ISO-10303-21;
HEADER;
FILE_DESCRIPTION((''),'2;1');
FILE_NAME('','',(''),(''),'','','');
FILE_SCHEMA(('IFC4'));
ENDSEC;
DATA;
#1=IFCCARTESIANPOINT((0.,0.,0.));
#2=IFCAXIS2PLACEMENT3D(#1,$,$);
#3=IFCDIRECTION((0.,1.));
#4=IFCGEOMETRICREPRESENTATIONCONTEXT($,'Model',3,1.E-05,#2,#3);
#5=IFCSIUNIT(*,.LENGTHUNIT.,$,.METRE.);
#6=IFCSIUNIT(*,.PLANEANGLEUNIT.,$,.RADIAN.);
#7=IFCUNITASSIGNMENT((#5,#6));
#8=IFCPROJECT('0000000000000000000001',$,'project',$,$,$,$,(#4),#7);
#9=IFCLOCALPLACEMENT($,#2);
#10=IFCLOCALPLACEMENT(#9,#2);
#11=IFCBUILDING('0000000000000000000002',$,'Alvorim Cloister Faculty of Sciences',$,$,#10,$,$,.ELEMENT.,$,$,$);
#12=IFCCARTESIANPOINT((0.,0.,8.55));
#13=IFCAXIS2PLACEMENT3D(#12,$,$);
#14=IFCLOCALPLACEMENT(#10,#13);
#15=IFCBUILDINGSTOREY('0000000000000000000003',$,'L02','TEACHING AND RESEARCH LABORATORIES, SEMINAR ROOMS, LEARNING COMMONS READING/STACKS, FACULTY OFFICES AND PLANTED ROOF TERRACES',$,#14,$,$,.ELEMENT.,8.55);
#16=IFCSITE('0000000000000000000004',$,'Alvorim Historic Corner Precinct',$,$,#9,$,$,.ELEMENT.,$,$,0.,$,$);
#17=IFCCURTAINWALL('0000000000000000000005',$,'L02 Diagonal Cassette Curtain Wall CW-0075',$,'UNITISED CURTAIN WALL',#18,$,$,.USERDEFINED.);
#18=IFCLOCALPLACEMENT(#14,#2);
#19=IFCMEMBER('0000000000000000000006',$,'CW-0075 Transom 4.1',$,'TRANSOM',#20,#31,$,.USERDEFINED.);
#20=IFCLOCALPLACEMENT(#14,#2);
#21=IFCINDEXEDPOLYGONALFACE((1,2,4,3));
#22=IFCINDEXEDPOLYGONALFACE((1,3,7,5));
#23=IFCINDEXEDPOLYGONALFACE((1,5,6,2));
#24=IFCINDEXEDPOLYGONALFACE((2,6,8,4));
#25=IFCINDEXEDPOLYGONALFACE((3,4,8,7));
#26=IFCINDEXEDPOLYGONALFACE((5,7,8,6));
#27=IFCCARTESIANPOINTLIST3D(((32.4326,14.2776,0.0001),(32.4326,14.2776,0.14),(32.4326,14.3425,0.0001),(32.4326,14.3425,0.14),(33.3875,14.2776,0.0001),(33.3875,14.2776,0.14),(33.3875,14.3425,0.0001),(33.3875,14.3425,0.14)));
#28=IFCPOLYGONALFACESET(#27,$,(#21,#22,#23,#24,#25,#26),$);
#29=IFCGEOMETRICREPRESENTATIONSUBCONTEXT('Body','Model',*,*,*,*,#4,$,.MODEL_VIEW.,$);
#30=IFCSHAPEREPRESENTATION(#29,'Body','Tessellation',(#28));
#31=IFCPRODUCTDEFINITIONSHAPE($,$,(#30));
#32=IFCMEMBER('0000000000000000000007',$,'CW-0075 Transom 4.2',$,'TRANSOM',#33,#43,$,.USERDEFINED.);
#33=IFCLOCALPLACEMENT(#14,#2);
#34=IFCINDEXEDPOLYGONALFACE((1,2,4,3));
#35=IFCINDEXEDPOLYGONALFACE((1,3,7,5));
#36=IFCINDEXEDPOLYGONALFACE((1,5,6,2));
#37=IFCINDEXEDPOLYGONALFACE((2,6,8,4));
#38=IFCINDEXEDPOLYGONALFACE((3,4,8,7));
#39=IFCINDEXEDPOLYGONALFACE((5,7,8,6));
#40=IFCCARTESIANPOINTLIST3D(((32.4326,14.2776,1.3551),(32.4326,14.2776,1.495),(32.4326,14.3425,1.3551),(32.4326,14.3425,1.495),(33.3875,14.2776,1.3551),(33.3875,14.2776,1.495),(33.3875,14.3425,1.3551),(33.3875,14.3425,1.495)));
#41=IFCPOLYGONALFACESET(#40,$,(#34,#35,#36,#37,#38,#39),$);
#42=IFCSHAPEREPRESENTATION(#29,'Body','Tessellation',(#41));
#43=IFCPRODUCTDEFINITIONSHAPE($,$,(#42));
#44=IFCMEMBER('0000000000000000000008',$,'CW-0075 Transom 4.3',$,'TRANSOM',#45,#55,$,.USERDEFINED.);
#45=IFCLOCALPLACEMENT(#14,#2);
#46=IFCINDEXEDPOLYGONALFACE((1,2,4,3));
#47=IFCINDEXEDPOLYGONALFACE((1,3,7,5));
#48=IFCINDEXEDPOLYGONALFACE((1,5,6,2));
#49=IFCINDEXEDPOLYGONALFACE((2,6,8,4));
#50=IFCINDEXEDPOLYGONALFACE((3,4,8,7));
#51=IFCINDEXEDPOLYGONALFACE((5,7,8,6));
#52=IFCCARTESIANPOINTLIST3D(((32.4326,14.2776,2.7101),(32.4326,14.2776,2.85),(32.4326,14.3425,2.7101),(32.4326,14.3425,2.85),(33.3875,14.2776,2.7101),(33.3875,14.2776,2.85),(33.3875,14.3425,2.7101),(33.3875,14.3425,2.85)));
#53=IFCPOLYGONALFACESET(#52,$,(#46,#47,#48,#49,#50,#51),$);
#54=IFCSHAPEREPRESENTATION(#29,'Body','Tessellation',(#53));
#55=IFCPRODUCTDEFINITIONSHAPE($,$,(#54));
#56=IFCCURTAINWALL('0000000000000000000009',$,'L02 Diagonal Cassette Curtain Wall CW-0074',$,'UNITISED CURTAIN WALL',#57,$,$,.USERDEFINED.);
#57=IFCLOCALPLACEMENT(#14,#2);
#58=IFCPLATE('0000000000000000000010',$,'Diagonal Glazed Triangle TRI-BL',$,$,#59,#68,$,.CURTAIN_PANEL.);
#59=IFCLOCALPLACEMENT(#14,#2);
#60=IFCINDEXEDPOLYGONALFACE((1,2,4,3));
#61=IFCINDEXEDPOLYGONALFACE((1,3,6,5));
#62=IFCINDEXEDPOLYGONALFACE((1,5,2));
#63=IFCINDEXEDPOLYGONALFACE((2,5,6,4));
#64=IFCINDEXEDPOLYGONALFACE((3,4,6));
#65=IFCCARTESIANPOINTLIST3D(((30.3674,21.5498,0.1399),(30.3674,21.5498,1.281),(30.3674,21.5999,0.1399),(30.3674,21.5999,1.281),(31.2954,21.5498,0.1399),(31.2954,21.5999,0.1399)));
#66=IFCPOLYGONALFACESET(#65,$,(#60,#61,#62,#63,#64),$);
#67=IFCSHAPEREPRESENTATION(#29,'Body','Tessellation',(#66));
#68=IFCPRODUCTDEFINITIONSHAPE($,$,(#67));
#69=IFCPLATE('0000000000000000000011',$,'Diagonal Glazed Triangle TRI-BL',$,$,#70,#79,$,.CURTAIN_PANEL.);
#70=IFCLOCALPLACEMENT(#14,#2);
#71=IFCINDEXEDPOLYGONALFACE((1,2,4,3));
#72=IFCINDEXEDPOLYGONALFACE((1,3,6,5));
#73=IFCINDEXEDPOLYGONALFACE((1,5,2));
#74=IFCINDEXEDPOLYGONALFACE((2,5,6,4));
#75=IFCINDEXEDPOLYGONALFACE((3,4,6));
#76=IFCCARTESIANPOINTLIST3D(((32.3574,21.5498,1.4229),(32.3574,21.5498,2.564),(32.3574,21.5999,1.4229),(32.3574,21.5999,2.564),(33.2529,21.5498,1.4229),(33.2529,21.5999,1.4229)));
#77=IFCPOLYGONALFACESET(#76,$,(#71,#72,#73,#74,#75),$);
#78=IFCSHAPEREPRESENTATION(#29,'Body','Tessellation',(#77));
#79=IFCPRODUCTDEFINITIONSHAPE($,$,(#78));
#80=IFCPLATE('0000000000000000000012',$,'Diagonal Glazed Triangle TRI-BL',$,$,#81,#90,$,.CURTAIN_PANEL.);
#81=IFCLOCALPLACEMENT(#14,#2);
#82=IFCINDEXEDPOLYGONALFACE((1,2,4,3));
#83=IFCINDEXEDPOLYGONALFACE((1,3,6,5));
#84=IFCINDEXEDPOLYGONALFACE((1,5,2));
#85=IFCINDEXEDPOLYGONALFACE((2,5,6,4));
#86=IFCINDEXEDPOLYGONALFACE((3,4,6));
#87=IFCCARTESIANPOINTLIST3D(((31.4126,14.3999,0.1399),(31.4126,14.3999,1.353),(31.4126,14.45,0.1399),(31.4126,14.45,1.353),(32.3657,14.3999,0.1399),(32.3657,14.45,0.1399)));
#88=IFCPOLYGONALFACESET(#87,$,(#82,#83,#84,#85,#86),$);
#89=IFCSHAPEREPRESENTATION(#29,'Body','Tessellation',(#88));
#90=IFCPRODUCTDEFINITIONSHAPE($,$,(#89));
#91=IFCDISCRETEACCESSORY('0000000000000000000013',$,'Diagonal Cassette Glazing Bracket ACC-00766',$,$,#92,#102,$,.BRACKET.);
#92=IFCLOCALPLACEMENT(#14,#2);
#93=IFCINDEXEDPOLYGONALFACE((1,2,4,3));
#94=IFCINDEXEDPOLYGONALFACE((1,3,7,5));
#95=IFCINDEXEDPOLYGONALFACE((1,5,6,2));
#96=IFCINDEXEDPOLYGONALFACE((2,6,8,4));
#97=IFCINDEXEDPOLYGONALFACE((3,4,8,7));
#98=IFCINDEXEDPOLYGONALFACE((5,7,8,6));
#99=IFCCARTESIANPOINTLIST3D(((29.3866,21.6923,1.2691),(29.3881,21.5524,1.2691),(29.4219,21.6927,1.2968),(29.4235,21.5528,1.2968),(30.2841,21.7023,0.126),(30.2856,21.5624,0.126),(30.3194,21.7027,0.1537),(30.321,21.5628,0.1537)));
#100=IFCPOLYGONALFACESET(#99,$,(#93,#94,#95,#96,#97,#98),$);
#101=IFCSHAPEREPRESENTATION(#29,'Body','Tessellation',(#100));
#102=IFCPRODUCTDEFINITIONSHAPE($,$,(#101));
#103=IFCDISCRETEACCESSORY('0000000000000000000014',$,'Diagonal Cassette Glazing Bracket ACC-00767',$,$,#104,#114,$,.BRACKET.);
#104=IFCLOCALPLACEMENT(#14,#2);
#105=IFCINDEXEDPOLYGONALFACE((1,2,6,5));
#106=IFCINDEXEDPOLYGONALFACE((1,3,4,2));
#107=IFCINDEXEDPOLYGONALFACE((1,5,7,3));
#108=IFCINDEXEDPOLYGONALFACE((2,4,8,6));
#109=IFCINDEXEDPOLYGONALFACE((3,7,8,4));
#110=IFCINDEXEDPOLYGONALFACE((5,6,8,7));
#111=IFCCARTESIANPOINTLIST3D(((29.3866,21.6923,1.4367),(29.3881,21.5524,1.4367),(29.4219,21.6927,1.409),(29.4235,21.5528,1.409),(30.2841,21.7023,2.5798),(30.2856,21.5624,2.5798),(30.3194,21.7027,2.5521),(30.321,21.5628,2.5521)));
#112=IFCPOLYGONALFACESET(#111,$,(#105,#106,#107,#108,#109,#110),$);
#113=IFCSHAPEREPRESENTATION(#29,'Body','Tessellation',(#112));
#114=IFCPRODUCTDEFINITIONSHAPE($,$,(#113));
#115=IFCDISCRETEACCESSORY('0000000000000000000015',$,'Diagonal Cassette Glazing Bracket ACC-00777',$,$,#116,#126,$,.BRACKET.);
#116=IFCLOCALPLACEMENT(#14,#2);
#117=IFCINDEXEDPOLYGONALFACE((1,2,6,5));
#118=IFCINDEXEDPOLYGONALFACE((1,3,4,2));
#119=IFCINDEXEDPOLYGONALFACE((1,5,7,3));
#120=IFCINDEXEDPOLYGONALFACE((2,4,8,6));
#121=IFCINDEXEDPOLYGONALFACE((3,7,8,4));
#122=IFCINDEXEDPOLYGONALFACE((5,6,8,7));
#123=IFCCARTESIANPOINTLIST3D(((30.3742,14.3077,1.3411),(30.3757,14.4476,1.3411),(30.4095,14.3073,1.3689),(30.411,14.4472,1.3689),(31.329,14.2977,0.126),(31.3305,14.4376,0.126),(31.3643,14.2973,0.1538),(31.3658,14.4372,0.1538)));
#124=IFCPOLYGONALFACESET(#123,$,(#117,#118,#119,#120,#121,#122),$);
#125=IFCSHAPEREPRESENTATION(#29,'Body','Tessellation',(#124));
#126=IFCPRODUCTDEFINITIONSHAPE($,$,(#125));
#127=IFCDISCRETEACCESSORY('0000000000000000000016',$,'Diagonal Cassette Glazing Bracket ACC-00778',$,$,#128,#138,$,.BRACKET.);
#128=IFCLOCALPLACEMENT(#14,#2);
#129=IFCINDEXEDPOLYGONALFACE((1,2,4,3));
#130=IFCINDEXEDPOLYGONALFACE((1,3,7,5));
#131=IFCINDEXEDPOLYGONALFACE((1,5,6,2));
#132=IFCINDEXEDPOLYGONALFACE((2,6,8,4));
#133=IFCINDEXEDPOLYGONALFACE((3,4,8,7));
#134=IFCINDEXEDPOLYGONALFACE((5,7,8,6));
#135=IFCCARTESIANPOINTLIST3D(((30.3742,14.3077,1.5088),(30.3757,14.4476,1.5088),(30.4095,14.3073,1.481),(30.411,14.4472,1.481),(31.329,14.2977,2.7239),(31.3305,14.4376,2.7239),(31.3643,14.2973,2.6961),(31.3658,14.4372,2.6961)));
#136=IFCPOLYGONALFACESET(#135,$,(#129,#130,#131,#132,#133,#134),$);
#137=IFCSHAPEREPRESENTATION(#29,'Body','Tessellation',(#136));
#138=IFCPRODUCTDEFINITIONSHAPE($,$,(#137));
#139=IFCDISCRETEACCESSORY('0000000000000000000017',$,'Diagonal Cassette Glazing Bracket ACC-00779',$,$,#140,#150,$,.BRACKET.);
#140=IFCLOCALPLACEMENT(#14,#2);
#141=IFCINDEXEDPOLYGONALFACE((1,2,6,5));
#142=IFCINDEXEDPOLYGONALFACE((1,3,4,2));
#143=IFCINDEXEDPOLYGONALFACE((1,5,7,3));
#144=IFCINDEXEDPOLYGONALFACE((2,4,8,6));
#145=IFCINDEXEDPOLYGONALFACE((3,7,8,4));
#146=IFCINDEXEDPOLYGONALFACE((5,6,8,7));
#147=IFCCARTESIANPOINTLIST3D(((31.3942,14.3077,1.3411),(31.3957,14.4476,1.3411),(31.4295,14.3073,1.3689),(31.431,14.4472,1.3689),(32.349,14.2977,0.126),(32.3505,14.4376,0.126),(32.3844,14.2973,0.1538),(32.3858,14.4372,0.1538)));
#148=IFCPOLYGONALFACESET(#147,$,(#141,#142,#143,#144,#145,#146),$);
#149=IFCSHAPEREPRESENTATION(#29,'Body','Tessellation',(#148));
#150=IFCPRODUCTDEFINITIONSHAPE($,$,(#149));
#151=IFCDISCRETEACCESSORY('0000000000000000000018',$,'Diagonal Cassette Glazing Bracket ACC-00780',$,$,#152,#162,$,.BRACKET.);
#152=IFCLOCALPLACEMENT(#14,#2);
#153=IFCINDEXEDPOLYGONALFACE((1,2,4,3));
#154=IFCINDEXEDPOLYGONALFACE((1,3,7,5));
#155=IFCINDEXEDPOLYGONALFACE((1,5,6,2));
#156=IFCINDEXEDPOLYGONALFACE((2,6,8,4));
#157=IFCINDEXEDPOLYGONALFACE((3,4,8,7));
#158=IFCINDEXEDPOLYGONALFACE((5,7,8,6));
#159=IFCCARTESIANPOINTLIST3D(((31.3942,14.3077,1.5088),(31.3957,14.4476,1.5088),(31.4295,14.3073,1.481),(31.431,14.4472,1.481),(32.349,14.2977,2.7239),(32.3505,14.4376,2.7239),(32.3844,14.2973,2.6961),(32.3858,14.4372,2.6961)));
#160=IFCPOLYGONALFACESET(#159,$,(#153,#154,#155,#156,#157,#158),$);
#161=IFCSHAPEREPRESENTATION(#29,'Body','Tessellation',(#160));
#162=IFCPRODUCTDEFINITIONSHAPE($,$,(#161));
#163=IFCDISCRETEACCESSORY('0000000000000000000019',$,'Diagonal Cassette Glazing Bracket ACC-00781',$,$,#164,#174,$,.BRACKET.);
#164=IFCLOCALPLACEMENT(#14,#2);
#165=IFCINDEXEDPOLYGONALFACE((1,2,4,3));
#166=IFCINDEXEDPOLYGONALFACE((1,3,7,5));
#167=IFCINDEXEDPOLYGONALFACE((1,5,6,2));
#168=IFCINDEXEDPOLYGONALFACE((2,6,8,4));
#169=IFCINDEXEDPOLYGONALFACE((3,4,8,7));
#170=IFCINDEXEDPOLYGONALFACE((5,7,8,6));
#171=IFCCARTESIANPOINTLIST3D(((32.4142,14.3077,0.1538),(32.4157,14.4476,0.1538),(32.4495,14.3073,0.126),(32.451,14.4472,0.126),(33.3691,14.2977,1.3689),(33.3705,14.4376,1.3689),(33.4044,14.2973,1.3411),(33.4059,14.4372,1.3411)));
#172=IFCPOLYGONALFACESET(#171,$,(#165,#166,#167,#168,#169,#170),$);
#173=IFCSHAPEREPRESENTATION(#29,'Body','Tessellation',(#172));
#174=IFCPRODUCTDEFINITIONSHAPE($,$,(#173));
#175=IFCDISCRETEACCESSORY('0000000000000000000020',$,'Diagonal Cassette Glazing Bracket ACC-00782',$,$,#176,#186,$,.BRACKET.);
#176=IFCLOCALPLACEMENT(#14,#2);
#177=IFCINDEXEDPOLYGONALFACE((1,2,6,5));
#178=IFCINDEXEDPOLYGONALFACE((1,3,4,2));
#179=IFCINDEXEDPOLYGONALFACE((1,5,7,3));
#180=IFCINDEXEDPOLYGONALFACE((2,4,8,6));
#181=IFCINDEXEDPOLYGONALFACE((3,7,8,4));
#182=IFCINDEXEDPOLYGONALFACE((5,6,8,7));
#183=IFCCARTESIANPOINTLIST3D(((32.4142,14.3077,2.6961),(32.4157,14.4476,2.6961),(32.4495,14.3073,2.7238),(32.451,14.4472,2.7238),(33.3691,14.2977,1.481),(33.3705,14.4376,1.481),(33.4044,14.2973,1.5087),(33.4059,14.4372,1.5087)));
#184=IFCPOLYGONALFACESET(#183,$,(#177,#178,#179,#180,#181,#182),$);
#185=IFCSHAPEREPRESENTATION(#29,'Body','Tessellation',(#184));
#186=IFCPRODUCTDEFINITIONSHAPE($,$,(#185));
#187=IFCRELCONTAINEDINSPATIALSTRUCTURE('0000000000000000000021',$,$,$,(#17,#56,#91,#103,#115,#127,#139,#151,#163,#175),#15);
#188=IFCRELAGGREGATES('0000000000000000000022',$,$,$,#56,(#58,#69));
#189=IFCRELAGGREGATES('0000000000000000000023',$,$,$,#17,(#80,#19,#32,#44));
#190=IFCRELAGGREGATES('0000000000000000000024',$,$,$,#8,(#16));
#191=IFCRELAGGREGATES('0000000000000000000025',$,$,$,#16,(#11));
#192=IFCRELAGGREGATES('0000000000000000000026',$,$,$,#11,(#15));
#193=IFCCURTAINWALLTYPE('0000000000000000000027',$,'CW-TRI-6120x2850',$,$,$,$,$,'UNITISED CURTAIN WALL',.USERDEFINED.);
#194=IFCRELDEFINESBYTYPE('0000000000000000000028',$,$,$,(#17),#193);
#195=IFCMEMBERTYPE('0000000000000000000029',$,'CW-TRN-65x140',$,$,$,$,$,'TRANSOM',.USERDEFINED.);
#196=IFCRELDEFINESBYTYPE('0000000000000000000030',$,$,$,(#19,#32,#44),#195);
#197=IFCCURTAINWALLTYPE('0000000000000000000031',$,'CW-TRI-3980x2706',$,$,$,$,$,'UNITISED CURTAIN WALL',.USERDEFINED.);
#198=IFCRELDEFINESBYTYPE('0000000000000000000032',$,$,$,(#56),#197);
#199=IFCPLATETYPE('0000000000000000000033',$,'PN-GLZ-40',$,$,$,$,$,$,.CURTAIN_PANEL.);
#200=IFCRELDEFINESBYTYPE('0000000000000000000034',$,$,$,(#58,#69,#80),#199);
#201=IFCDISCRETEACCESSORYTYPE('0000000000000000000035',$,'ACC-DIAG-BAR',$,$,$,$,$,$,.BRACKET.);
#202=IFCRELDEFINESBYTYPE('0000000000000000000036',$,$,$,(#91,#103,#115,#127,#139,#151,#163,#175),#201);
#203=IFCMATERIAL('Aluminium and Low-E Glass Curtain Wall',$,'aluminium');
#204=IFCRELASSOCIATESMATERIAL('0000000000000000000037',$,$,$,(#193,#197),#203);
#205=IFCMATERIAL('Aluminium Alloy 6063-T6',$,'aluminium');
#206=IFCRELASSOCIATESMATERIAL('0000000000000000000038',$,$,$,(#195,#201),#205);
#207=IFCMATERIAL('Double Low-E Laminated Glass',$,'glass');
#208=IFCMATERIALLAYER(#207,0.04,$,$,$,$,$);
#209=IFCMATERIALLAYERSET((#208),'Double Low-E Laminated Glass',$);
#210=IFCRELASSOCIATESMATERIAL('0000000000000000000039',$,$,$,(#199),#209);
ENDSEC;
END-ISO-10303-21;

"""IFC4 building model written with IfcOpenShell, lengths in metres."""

from ifc_helpers import new_model, si_unit, direction, frame, origin, origin_2d, place, context, subcontext, project, spatial, polyline, rectangle, outline, extrude, material, layer, layer_set, material_profile, profile_set, type_object, element, aggregate, save


model = new_model("IFC4")

# Units and contexts
model_context = context("Model", 3, precision=1e-05, world=origin(), true_north=direction((0.0, 1.0)))
body_context = subcontext(model_context, "Body", "Model", "MODEL_VIEW")
ifc_project = project(units=[si_unit("LENGTHUNIT", "METRE"), si_unit("PLANEANGLEUNIT", "RADIAN")], contexts=[model_context])

# Site, building, storey
site_placement = place(None, origin())
site = spatial("IfcSite", under=ifc_project, at=site_placement, Name="Alvorim Historic Corner Precinct", CompositionType="ELEMENT", RefElevation=0.0)
building_placement = place(site_placement, origin())
building = spatial("IfcBuilding", under=site, at=building_placement, Name="Alvorim Cloister Faculty of Sciences", CompositionType="ELEMENT")
storey_placement = place(building_placement, frame((0.0, 0.0, 8.55)))
storey = spatial("IfcBuildingStorey", under=building, at=storey_placement, Name="L02", Description="TEACHING AND RESEARCH LABORATORIES, SEMINAR ROOMS, LEARNING COMMONS READING/STACKS, FACULTY OFFICES AND PLANTED ROOF TERRACES", CompositionType="ELEMENT", Elevation=8.55)

# Curtain wall, members
ifc_material_1 = material(Name="Aluminium and Low-E Glass Curtain Wall", Category="aluminium")
curtain_wall_type_1 = type_object("IfcCurtainWallType", Name="CW-TRI-6120x2850", ElementType="UNITISED CURTAIN WALL", PredefinedType="USERDEFINED", material=ifc_material_1)
curtain_wall_1_placement = place(storey_placement, origin())
curtain_wall_1 = element("IfcCurtainWall", 1, at=curtain_wall_1_placement, inside=storey, type_object=curtain_wall_type_1, Name="L02 Diagonal Cassette Curtain Wall CW-0075", ObjectType="UNITISED CURTAIN WALL", PredefinedType="USERDEFINED")
ifc_material_2 = material(Name="Aluminium Alloy 6063-T6", Category="aluminium")
ifc_material_profile = material_profile(ifc_material_2, rectangle(XDim=0.0649, YDim=0.1399, at=origin_2d()), Name="ALU-TRN-65x140")
ifc_profile_set = profile_set([ifc_material_profile], Name="Aluminium Alloy 6063-T6")
member_type = type_object("IfcMemberType", Name="CW-TRN-65x140", ElementType="TRANSOM", PredefinedType="USERDEFINED", material=ifc_profile_set)
member_1_placement = place(storey_placement, frame((32.4326, 14.3101, 0.0701), z_axis=(1.0, 0.0, 0.0), x_axis=(0.0, 1.0, 0.0)))
member_1 = element("IfcMember", 2, at=member_1_placement, type_object=member_type, Name="CW-0075 Transom 4.1", ObjectType="TRANSOM", PredefinedType="USERDEFINED", context=body_context, shape_type="SweptSolid", body=[
    extrude(rectangle(XDim=0.0649, YDim=0.1399, at=origin_2d()), origin(), (0.0, 0.0, 1.0), 0.9548),
])
member_2_placement = place(storey_placement, frame((32.4326, 14.3101, 1.425), z_axis=(1.0, 0.0, 0.0), x_axis=(0.0, 1.0, 0.0)))
member_2 = element("IfcMember", 3, at=member_2_placement, type_object=member_type, Name="CW-0075 Transom 4.2", ObjectType="TRANSOM", PredefinedType="USERDEFINED", context=body_context, shape_type="SweptSolid", body=[
    extrude(rectangle(XDim=0.0649, YDim=0.1399, at=origin_2d()), origin(), (0.0, 0.0, 1.0), 0.9548),
])
member_3_placement = place(storey_placement, frame((32.4326, 14.3101, 2.78), z_axis=(1.0, 0.0, 0.0), x_axis=(0.0, 1.0, 0.0)))
member_3 = element("IfcMember", 4, at=member_3_placement, type_object=member_type, Name="CW-0075 Transom 4.3", ObjectType="TRANSOM", PredefinedType="USERDEFINED", context=body_context, shape_type="SweptSolid", body=[
    extrude(rectangle(XDim=0.0649, YDim=0.1399, at=origin_2d()), origin(), (0.0, 0.0, 1.0), 0.9548),
])

# Curtain wall, plates
curtain_wall_type_2 = type_object("IfcCurtainWallType", Name="CW-TRI-3980x2706", ElementType="UNITISED CURTAIN WALL", PredefinedType="USERDEFINED", material=ifc_material_1)
curtain_wall_2_placement = place(storey_placement, origin())
curtain_wall_2 = element("IfcCurtainWall", 5, at=curtain_wall_2_placement, inside=storey, type_object=curtain_wall_type_2, Name="L02 Diagonal Cassette Curtain Wall CW-0074", ObjectType="UNITISED CURTAIN WALL", PredefinedType="USERDEFINED")
ifc_material_3 = material(Name="Double Low-E Laminated Glass", Category="glass")
ifc_layer = layer(ifc_material_3, 0.04)
ifc_layer_set = layer_set([ifc_layer], Name="Double Low-E Laminated Glass")
plate_type = type_object("IfcPlateType", Name="PN-GLZ-40", PredefinedType="CURTAIN_PANEL", material=ifc_layer_set)
plate_1_placement = place(storey_placement, frame((30.3674, 21.575, 0.1399), z_axis=(0.0, 0.0, 1.0), x_axis=(1.0, 0.0, 0.0)))
plate_1 = element("IfcPlate", 6, at=plate_1_placement, type_object=plate_type, Name="Diagonal Glazed Triangle TRI-BL", PredefinedType="CURTAIN_PANEL", context=body_context, shape_type="SweptSolid", body=[
    extrude(outline(polyline([(0.0, 0.0), (0.928, 0.0), (0.0, 1.1411), (0.0, 0.0)])), frame((0.0, 0.0249, 0.0), z_axis=(0.0, -1.0, 0.0), x_axis=(1.0, 0.0, 0.0)), (0.0, 0.0, 1.0), 0.05),
])
plate_2_placement = place(storey_placement, frame((32.3574, 21.575, 1.4229), z_axis=(0.0, 0.0, 1.0), x_axis=(1.0, 0.0, 0.0)))
plate_2 = element("IfcPlate", 7, at=plate_2_placement, type_object=plate_type, Name="Diagonal Glazed Triangle TRI-BL", PredefinedType="CURTAIN_PANEL", context=body_context, shape_type="SweptSolid", body=[
    extrude(outline(polyline([(0.0, 0.0), (0.8955, 0.0), (0.0, 1.1411), (0.0, 0.0)])), frame((0.0, 0.0249, 0.0), z_axis=(0.0, -1.0, 0.0), x_axis=(1.0, 0.0, 0.0)), (0.0, 0.0, 1.0), 0.05),
])
aggregate(curtain_wall_2, [plate_1, plate_2])

# Plate
plate_3_placement = place(storey_placement, frame((31.4126, 14.425, 0.1399), z_axis=(0.0, 0.0, 1.0), x_axis=(1.0, 0.0, 0.0)))
plate_3 = element("IfcPlate", 8, at=plate_3_placement, type_object=plate_type, Name="Diagonal Glazed Triangle TRI-BL", PredefinedType="CURTAIN_PANEL", context=body_context, shape_type="SweptSolid", body=[
    extrude(outline(polyline([(0.0, 0.0), (0.9531, 0.0), (0.0, 1.2131), (0.0, 0.0)])), frame((0.0, 0.0249, 0.0), z_axis=(0.0, -1.0, 0.0), x_axis=(1.0, 0.0, 0.0)), (0.0, 0.0, 1.0), 0.05),
])
aggregate(curtain_wall_1, [plate_3, member_1, member_2, member_3])

# Discrete accessories
discrete_accessory_type = type_object("IfcDiscreteAccessoryType", Name="ACC-DIAG-BAR", PredefinedType="BRACKET", material=ifc_material_2)
for number, where, z_axis, x_axis, name in (
    (9, (29.405, 21.6226, 1.283), (0.617525, 0.006888, -0.786521), (-0.011153, 0.999938, 0.0), "Diagonal Cassette Glazing Bracket ACC-00766"),
    (10, (29.405, 21.6226, 1.4229), (0.617525, 0.006888, 0.786521), (-0.011153, 0.999938, 0.0), "Diagonal Cassette Glazing Bracket ACC-00767"),
):
    element("IfcDiscreteAccessory", number, at=place(storey_placement, frame(where, z_axis=z_axis, x_axis=x_axis)), inside=storey, type_object=discrete_accessory_type, Name=name, PredefinedType="BRACKET", context=body_context, shape_type="SweptSolid", body=[
        extrude(rectangle(XDim=0.1399, YDim=0.0449, at=origin_2d()), origin(), (0.0, 0.0, 1.0), 1.4534),
    ])
for number, where, z_axis, x_axis, name in (
    (11, (30.3926, 14.3774, 1.355), (0.617857, -0.006477, -0.786263), (0.010483, 0.999945, 0.0), "Diagonal Cassette Glazing Bracket ACC-00777"),
    (12, (30.3926, 14.3774, 1.4949), (0.617857, -0.006477, 0.786263), (0.010483, 0.999945, 0.0), "Diagonal Cassette Glazing Bracket ACC-00778"),
    (13, (31.4126, 14.3774, 1.355), (0.617857, -0.006477, -0.786263), (0.010483, 0.999945, 0.0), "Diagonal Cassette Glazing Bracket ACC-00779"),
    (14, (31.4126, 14.3774, 1.4949), (0.617857, -0.006477, 0.786263), (0.010483, 0.999945, 0.0), "Diagonal Cassette Glazing Bracket ACC-00780"),
    (15, (32.4326, 14.3774, 0.1399), (0.617857, -0.006477, 0.786263), (0.010483, 0.999945, 0.0), "Diagonal Cassette Glazing Bracket ACC-00781"),
    (16, (32.4326, 14.3774, 2.71), (0.617857, -0.006477, -0.786263), (0.010483, 0.999945, 0.0), "Diagonal Cassette Glazing Bracket ACC-00782"),
):
    element("IfcDiscreteAccessory", number, at=place(storey_placement, frame(where, z_axis=z_axis, x_axis=x_axis)), inside=storey, type_object=discrete_accessory_type, Name=name, PredefinedType="BRACKET", context=body_context, shape_type="SweptSolid", body=[
        extrude(rectangle(XDim=0.1399, YDim=0.0449, at=origin_2d()), origin(), (0.0, 0.0, 1.0), 1.5454),
    ])

save(model, "model.ifc")
